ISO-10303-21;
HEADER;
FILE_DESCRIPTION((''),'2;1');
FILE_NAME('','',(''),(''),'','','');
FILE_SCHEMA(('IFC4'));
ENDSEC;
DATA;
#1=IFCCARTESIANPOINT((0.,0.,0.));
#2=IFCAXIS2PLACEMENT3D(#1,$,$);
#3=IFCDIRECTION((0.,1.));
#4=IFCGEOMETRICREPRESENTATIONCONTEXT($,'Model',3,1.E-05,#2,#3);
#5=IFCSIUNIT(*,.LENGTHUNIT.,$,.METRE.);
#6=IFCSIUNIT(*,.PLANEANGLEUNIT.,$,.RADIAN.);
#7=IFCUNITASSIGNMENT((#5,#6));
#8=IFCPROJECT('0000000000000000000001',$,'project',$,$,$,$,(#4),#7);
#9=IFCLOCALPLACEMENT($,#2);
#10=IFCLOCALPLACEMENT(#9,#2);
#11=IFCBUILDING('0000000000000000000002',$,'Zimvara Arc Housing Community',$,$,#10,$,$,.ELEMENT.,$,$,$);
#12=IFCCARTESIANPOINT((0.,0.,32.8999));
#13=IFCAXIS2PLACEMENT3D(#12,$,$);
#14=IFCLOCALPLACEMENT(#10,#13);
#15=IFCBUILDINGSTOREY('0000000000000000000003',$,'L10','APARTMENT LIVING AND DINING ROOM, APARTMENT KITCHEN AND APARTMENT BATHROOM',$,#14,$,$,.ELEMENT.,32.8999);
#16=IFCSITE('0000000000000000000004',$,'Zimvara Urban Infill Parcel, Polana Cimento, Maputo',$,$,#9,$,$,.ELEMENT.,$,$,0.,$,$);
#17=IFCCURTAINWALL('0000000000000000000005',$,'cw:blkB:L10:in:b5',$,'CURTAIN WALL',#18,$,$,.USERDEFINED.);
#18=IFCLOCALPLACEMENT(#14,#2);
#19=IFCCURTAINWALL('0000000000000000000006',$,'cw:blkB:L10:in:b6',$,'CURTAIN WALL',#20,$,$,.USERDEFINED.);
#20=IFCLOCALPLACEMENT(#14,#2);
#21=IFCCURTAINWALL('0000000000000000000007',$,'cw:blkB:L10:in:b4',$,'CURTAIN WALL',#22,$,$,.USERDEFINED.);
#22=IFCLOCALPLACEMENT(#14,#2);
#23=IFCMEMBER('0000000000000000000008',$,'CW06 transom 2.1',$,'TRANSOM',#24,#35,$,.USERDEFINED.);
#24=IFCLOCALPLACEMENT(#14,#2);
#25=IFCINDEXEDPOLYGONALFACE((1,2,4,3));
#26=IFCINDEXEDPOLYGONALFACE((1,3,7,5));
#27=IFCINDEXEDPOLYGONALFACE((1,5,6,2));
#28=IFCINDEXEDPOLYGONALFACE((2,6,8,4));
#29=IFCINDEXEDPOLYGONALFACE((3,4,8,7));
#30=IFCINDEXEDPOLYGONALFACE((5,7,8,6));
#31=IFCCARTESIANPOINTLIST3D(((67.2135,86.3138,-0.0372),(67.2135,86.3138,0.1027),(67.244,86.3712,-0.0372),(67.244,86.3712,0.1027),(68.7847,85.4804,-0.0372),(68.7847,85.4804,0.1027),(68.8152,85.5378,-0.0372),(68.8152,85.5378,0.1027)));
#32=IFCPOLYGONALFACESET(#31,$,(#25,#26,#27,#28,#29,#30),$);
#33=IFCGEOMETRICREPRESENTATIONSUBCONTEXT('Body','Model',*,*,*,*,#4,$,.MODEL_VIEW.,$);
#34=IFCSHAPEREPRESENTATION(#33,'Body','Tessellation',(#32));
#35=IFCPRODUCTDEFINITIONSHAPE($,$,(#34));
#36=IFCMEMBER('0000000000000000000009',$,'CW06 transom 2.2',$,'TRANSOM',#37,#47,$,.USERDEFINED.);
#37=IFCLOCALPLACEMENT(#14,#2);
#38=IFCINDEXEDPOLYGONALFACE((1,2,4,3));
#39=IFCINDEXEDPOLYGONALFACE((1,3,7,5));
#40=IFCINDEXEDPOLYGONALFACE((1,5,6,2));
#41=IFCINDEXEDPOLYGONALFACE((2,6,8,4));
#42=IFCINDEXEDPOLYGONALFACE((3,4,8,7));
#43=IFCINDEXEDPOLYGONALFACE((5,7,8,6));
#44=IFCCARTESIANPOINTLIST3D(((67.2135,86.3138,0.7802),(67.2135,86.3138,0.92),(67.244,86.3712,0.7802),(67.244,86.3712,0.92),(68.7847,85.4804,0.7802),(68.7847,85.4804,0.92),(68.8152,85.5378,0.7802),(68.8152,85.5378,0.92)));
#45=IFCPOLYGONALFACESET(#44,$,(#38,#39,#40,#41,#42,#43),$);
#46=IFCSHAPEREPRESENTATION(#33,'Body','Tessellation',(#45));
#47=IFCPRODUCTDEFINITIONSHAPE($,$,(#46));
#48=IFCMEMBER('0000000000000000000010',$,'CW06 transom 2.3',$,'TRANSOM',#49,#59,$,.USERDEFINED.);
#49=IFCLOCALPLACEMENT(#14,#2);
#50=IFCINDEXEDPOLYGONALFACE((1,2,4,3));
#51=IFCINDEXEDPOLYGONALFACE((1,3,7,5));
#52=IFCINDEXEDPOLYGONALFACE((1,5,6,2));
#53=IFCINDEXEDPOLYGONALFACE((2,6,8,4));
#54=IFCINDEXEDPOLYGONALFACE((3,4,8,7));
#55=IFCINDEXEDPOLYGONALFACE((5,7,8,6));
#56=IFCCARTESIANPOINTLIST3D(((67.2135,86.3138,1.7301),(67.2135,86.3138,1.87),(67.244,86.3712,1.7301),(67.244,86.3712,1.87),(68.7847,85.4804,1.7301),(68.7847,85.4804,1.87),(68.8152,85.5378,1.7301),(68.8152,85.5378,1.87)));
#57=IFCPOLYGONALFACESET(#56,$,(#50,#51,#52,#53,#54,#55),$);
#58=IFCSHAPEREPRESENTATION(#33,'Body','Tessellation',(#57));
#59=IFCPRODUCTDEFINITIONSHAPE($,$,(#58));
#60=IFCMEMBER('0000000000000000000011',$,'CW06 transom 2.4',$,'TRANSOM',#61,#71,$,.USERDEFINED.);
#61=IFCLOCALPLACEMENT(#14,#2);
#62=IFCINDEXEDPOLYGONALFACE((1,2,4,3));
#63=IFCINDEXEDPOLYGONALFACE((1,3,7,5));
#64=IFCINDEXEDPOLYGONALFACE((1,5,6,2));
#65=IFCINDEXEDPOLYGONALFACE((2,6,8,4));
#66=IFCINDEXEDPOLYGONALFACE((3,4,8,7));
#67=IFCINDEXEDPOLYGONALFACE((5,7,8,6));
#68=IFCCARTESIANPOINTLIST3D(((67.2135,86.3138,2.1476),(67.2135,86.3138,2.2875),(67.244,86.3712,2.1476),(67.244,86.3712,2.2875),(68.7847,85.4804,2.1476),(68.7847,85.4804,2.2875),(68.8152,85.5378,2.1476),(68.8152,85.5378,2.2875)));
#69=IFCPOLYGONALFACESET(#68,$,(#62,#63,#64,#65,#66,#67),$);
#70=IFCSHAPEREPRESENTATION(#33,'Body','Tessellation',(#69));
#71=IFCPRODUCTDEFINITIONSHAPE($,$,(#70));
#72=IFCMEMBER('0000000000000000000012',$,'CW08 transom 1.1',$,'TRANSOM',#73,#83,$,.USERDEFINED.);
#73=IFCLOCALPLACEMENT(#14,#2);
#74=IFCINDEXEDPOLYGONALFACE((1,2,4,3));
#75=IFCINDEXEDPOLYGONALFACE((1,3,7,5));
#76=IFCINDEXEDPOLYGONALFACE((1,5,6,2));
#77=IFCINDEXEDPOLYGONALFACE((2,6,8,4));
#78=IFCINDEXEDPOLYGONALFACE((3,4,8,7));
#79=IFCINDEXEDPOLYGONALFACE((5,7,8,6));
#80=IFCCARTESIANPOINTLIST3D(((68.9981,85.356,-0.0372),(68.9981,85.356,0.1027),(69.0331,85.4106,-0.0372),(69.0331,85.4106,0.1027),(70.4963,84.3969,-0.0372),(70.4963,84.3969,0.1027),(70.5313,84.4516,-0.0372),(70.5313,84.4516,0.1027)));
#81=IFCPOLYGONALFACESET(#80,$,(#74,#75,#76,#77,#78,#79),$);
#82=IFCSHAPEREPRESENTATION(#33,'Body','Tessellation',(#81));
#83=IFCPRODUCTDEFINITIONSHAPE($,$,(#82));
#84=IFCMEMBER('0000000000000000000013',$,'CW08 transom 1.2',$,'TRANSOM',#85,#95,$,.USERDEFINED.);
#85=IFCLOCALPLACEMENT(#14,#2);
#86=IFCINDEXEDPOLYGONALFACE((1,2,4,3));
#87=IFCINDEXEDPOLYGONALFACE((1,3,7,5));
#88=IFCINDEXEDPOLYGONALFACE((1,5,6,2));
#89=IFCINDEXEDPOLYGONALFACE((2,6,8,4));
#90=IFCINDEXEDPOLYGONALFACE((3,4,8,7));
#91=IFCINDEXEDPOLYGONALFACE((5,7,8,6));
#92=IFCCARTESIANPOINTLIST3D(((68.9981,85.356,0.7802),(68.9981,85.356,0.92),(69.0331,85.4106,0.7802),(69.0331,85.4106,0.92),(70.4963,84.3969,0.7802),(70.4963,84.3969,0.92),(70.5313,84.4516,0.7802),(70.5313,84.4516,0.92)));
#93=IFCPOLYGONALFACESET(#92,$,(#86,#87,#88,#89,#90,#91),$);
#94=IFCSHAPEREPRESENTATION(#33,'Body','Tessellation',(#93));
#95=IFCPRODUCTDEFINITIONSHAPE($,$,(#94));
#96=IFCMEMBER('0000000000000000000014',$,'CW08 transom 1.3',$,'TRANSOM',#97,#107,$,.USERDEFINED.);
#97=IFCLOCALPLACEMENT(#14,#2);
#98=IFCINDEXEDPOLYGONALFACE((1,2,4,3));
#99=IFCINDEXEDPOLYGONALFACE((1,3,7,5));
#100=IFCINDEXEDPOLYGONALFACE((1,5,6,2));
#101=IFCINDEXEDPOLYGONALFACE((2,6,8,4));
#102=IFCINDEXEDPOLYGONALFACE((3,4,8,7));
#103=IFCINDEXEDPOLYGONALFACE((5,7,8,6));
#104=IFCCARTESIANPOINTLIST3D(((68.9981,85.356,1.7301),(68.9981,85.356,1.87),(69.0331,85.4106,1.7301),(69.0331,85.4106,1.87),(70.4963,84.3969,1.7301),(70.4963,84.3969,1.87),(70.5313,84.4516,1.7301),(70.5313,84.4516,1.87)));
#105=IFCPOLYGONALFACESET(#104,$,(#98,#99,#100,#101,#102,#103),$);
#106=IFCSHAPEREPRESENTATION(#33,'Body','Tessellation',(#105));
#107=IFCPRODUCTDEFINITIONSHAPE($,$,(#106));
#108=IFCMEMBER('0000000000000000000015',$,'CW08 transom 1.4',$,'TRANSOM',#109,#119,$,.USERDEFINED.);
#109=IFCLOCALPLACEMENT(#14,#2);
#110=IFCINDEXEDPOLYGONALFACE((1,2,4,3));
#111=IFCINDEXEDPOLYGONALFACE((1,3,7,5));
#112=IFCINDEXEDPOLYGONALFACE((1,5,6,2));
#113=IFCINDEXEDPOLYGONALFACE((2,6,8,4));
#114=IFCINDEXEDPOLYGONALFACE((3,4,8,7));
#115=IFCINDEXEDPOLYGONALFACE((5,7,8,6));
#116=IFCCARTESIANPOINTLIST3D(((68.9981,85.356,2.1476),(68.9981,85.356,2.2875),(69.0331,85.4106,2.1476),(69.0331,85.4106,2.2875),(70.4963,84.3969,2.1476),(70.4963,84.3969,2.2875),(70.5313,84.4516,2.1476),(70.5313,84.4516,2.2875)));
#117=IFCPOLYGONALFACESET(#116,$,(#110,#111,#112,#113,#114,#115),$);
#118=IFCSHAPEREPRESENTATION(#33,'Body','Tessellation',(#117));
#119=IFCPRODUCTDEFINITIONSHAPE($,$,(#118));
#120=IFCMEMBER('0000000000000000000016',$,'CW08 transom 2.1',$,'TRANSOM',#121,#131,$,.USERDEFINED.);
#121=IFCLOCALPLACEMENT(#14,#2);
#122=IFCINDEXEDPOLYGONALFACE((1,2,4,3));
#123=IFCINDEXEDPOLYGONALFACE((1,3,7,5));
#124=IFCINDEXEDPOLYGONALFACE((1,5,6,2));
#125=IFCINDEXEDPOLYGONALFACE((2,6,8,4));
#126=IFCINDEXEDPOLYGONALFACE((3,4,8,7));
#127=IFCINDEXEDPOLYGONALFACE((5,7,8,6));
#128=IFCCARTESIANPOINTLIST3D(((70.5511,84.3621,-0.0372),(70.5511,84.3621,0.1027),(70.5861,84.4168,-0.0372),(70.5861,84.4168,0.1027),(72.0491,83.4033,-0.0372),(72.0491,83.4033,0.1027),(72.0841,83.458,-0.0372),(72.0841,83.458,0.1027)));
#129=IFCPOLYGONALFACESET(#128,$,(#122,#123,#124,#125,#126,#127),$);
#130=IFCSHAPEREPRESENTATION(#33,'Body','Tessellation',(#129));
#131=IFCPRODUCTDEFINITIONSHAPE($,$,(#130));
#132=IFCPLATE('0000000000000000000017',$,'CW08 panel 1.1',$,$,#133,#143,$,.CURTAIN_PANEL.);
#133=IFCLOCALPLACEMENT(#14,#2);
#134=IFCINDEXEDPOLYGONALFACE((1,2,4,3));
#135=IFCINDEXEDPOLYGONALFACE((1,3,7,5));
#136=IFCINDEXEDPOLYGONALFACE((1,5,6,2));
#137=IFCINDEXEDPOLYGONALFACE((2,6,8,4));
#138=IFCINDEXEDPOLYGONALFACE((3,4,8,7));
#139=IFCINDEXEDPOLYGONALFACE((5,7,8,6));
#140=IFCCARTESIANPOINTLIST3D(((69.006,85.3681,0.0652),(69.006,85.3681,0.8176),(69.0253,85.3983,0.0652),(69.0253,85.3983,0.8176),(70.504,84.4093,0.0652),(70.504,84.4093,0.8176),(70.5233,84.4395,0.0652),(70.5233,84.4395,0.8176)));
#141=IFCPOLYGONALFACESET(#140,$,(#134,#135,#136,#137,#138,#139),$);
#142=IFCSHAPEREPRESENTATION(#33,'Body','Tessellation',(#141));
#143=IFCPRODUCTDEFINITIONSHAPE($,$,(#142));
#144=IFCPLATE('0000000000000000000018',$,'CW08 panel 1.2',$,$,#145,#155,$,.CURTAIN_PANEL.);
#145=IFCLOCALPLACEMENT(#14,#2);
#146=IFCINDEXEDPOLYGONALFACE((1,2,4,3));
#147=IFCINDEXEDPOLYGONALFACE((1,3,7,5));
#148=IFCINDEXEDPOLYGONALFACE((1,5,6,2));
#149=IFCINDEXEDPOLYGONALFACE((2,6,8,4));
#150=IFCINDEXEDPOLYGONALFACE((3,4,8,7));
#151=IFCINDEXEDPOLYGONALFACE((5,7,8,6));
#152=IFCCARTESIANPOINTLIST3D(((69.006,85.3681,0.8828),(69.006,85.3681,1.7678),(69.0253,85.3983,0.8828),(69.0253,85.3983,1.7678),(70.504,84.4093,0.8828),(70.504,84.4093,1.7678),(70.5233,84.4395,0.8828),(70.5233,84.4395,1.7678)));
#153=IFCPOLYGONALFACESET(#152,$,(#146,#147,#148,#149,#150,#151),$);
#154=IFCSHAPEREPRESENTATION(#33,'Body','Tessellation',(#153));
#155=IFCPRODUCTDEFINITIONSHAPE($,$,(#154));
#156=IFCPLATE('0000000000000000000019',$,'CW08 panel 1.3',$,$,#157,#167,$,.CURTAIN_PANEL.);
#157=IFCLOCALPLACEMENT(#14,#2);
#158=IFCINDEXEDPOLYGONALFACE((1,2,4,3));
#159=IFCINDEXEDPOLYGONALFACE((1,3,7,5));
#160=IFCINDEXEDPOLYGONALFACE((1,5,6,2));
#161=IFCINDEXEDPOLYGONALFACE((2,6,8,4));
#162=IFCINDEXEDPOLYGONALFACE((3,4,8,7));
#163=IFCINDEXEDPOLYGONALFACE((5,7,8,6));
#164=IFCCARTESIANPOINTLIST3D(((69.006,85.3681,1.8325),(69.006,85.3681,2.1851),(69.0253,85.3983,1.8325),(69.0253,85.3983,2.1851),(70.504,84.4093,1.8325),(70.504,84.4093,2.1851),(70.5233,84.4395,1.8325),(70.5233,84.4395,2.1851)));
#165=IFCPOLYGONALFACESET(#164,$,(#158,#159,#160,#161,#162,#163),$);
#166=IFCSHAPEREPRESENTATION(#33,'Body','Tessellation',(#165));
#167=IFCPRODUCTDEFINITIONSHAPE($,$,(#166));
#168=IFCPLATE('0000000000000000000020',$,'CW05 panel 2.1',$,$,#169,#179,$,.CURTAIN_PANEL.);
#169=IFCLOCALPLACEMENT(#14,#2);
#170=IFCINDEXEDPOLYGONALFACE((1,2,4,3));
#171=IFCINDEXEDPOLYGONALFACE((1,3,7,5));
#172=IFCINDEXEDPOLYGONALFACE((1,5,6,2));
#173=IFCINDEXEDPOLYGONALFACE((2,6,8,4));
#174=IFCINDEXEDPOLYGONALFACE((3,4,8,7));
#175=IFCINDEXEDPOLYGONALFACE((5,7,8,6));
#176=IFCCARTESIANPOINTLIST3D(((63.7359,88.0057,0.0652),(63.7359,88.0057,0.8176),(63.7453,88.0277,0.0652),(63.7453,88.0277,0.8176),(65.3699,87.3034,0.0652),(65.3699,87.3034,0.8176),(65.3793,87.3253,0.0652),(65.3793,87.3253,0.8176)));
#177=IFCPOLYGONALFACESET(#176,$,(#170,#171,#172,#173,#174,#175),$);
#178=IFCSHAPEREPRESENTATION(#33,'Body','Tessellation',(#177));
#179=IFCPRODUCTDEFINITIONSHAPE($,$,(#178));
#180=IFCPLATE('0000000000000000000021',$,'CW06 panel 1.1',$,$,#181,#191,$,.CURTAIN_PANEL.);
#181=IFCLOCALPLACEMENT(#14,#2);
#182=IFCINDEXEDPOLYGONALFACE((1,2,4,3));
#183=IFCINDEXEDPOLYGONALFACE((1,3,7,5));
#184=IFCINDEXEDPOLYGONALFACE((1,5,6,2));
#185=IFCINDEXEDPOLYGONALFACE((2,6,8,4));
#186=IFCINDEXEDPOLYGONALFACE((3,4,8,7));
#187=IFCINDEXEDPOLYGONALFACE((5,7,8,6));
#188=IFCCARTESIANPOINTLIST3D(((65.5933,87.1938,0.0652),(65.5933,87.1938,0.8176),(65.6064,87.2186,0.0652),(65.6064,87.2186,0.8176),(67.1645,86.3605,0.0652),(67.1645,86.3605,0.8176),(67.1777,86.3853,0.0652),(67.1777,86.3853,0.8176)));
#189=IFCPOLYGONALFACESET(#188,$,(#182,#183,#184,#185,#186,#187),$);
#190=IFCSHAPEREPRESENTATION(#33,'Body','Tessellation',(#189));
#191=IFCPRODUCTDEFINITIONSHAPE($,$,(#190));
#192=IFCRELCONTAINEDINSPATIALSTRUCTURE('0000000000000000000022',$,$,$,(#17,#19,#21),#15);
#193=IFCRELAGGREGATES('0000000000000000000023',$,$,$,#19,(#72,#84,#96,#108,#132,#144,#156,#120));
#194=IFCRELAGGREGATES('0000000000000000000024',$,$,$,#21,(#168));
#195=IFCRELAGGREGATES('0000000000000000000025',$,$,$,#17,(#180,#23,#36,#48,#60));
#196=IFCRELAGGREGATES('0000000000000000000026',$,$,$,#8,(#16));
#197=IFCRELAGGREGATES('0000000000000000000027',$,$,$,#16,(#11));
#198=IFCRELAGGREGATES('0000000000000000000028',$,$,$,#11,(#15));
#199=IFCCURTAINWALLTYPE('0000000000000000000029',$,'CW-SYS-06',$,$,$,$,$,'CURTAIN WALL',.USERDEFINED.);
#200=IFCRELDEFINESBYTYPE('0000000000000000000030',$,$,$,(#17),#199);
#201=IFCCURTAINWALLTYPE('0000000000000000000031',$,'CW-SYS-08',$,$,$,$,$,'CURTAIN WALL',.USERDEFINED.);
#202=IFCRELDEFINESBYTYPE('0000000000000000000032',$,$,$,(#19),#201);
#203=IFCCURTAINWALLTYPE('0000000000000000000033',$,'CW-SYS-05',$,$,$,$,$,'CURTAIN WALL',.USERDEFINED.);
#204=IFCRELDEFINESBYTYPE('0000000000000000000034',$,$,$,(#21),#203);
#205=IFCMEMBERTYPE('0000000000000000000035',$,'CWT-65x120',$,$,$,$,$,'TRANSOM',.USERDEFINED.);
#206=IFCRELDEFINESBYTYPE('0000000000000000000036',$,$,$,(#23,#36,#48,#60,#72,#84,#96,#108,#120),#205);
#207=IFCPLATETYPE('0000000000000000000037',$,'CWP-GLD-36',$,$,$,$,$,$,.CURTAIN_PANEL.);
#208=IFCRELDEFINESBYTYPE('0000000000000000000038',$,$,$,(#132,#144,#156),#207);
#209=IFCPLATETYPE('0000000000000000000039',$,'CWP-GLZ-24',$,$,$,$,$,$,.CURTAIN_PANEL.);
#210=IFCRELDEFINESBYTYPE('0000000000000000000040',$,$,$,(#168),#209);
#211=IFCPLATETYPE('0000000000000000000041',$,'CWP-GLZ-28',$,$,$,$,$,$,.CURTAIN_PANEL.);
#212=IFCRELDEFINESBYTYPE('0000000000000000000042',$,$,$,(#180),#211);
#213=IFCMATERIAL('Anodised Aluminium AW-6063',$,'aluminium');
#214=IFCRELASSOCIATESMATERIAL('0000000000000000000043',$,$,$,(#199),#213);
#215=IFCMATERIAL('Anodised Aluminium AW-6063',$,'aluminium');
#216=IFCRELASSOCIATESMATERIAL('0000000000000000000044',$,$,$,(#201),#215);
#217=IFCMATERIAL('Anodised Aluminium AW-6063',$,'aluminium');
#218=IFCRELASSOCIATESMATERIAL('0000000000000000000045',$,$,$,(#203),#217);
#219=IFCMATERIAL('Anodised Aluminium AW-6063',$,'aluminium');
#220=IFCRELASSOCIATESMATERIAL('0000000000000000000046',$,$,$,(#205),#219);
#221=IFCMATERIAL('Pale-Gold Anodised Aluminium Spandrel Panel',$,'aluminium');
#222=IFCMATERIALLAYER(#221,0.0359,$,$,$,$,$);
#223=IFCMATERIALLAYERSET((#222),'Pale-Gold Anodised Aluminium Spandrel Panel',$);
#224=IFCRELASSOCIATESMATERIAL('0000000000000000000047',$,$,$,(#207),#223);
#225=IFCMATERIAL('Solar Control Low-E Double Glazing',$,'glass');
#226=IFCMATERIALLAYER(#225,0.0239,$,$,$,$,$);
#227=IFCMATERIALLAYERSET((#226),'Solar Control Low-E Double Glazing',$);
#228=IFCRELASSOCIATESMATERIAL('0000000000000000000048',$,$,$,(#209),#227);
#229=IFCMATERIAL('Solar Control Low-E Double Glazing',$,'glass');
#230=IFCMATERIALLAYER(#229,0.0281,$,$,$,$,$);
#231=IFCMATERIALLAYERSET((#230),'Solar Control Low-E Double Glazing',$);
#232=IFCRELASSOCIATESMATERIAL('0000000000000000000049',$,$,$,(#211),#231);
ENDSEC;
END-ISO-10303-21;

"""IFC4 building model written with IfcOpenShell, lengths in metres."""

from ifc_helpers import new_model, si_unit, direction, frame, origin, origin_2d, place, context, subcontext, project, spatial, rectangle, extrude, material, layer, layer_set, material_profile, profile_set, type_object, element, aggregate, save


model = new_model("IFC4")

# Units and contexts
model_context = context("Model", 3, precision=1e-05, world=origin(), true_north=direction((0.0, 1.0)))
body_context = subcontext(model_context, "Body", "Model", "MODEL_VIEW")
ifc_project = project(units=[si_unit("LENGTHUNIT", "METRE"), si_unit("PLANEANGLEUNIT", "RADIAN")], contexts=[model_context])

# Site, building, storey
site_placement = place(None, origin())
site = spatial("IfcSite", under=ifc_project, at=site_placement, Name="Zimvara Urban Infill Parcel, Polana Cimento, Maputo", CompositionType="ELEMENT", RefElevation=0.0)
building_placement = place(site_placement, origin())
building = spatial("IfcBuilding", under=site, at=building_placement, Name="Zimvara Arc Housing Community", CompositionType="ELEMENT")
storey_placement = place(building_placement, frame((0.0, 0.0, 32.8999)))
storey = spatial("IfcBuildingStorey", under=building, at=storey_placement, Name="L10", Description="APARTMENT LIVING AND DINING ROOM, APARTMENT KITCHEN AND APARTMENT BATHROOM", CompositionType="ELEMENT", Elevation=32.8999)

# Curtain walls
ifc_material_1 = material(Name="Anodised Aluminium AW-6063", Category="aluminium")
curtain_wall_type_1 = type_object("IfcCurtainWallType", Name="CW-SYS-06", ElementType="CURTAIN WALL", PredefinedType="USERDEFINED", material=ifc_material_1)
curtain_wall_1_placement = place(storey_placement, origin())
curtain_wall_1 = element("IfcCurtainWall", 1, at=curtain_wall_1_placement, inside=storey, type_object=curtain_wall_type_1, Name="cw:blkB:L10:in:b5", ObjectType="CURTAIN WALL", PredefinedType="USERDEFINED")
ifc_material_2 = material(Name="Anodised Aluminium AW-6063", Category="aluminium")
curtain_wall_type_2 = type_object("IfcCurtainWallType", Name="CW-SYS-08", ElementType="CURTAIN WALL", PredefinedType="USERDEFINED", material=ifc_material_2)
curtain_wall_2_placement = place(storey_placement, origin())
curtain_wall_2 = element("IfcCurtainWall", 2, at=curtain_wall_2_placement, inside=storey, type_object=curtain_wall_type_2, Name="cw:blkB:L10:in:b6", ObjectType="CURTAIN WALL", PredefinedType="USERDEFINED")

# Curtain wall
ifc_material_3 = material(Name="Anodised Aluminium AW-6063", Category="aluminium")
curtain_wall_type_3 = type_object("IfcCurtainWallType", Name="CW-SYS-05", ElementType="CURTAIN WALL", PredefinedType="USERDEFINED", material=ifc_material_3)
curtain_wall_3_placement = place(storey_placement, origin())
curtain_wall_3 = element("IfcCurtainWall", 3, at=curtain_wall_3_placement, inside=storey, type_object=curtain_wall_type_3, Name="cw:blkB:L10:in:b4", ObjectType="CURTAIN WALL", PredefinedType="USERDEFINED")

# Members
ifc_material_4 = material(Name="Anodised Aluminium AW-6063", Category="aluminium")
ifc_material_profile_1 = material_profile(ifc_material_4, rectangle(XDim=0.0649, YDim=0.1399, at=origin_2d()), Name="ALU 65x140")
ifc_profile_set_1 = profile_set([ifc_material_profile_1], Name="Anodised Aluminium AW-6063")
member_type_1 = type_object("IfcMemberType", Name="CWT-65x120", ElementType="TRANSOM", PredefinedType="USERDEFINED", material=ifc_profile_set_1)
member_1_placement = place(storey_placement, frame((67.2288, 86.3425, 0.0327), z_axis=(0.883407, -0.468607, 0.0), x_axis=(0.468607, 0.883407, 0.0)))
member_1 = element("IfcMember", 4, at=member_1_placement, type_object=member_type_1, Name="CW06 transom 2.1", ObjectType="TRANSOM", PredefinedType="USERDEFINED", context=body_context, shape_type="SweptSolid", body=[
    extrude(rectangle(XDim=0.0649, YDim=0.1399, at=origin_2d()), origin(), (0.0, 0.0, 1.0), 1.7786),
])
member_2_placement = place(storey_placement, frame((67.2288, 86.3425, 0.8501), z_axis=(0.883407, -0.468607, 0.0), x_axis=(0.468607, 0.883407, 0.0)))
member_2 = element("IfcMember", 5, at=member_2_placement, type_object=member_type_1, Name="CW06 transom 2.2", ObjectType="TRANSOM", PredefinedType="USERDEFINED", context=body_context, shape_type="SweptSolid", body=[
    extrude(rectangle(XDim=0.0649, YDim=0.1399, at=origin_2d()), origin(), (0.0, 0.0, 1.0), 1.7786),
])
member_3_placement = place(storey_placement, frame((67.2288, 86.3425, 1.8), z_axis=(0.883407, -0.468607, 0.0), x_axis=(0.468607, 0.883407, 0.0)))
member_3 = element("IfcMember", 6, at=member_3_placement, type_object=member_type_1, Name="CW06 transom 2.3", ObjectType="TRANSOM", PredefinedType="USERDEFINED", context=body_context, shape_type="SweptSolid", body=[
    extrude(rectangle(XDim=0.0649, YDim=0.1399, at=origin_2d()), origin(), (0.0, 0.0, 1.0), 1.7786),
])
member_4_placement = place(storey_placement, frame((67.2288, 86.3425, 2.2175), z_axis=(0.883407, -0.468607, 0.0), x_axis=(0.468607, 0.883407, 0.0)))
member_4 = element("IfcMember", 7, at=member_4_placement, type_object=member_type_1, Name="CW06 transom 2.4", ObjectType="TRANSOM", PredefinedType="USERDEFINED", context=body_context, shape_type="SweptSolid", body=[
    extrude(rectangle(XDim=0.0649, YDim=0.1399, at=origin_2d()), origin(), (0.0, 0.0, 1.0), 1.7786),
])
member_5_placement = place(storey_placement, frame((69.0156, 85.3833, 0.0327), z_axis=(0.842212, -0.539147, 0.0), x_axis=(0.539147, 0.842212, 0.0)))
member_5 = element("IfcMember", 8, at=member_5_placement, type_object=member_type_1, Name="CW08 transom 1.1", ObjectType="TRANSOM", PredefinedType="USERDEFINED", context=body_context, shape_type="SweptSolid", body=[
    extrude(rectangle(XDim=0.0649, YDim=0.1399, at=origin_2d()), origin(), (0.0, 0.0, 1.0), 1.7788),
])
member_6_placement = place(storey_placement, frame((69.0156, 85.3833, 0.8501), z_axis=(0.842212, -0.539147, 0.0), x_axis=(0.539147, 0.842212, 0.0)))
member_6 = element("IfcMember", 9, at=member_6_placement, type_object=member_type_1, Name="CW08 transom 1.2", ObjectType="TRANSOM", PredefinedType="USERDEFINED", context=body_context, shape_type="SweptSolid", body=[
    extrude(rectangle(XDim=0.0649, YDim=0.1399, at=origin_2d()), origin(), (0.0, 0.0, 1.0), 1.7788),
])
member_7_placement = place(storey_placement, frame((69.0156, 85.3833, 1.8), z_axis=(0.842212, -0.539147, 0.0), x_axis=(0.539147, 0.842212, 0.0)))
member_7 = element("IfcMember", 10, at=member_7_placement, type_object=member_type_1, Name="CW08 transom 1.3", ObjectType="TRANSOM", PredefinedType="USERDEFINED", context=body_context, shape_type="SweptSolid", body=[
    extrude(rectangle(XDim=0.0649, YDim=0.1399, at=origin_2d()), origin(), (0.0, 0.0, 1.0), 1.7788),
])
member_8_placement = place(storey_placement, frame((69.0156, 85.3833, 2.2175), z_axis=(0.842212, -0.539147, 0.0), x_axis=(0.539147, 0.842212, 0.0)))
member_8 = element("IfcMember", 11, at=member_8_placement, type_object=member_type_1, Name="CW08 transom 1.4", ObjectType="TRANSOM", PredefinedType="USERDEFINED", context=body_context, shape_type="SweptSolid", body=[
    extrude(rectangle(XDim=0.0649, YDim=0.1399, at=origin_2d()), origin(), (0.0, 0.0, 1.0), 1.7788),
])
member_9_placement = place(storey_placement, frame((70.5686, 84.3894, 0.0327), z_axis=(0.842274, -0.53905, 0.0), x_axis=(0.53905, 0.842274, 0.0)))
member_9 = element("IfcMember", 12, at=member_9_placement, type_object=member_type_1, Name="CW08 transom 2.1", ObjectType="TRANSOM", PredefinedType="USERDEFINED", context=body_context, shape_type="SweptSolid", body=[
    extrude(rectangle(XDim=0.0649, YDim=0.1399, at=origin_2d()), origin(), (0.0, 0.0, 1.0), 1.7786),
])

# Plates
ifc_material_5 = material(Name="Pale-Gold Anodised Aluminium Spandrel Panel", Category="aluminium")
ifc_layer_1 = layer(ifc_material_5, 0.0359)
ifc_layer_set_1 = layer_set([ifc_layer_1], Name="Pale-Gold Anodised Aluminium Spandrel Panel")
plate_type_1 = type_object("IfcPlateType", Name="CWP-GLD-36", PredefinedType="CURTAIN_PANEL", material=ifc_layer_set_1)
plate_1_placement = place(storey_placement, frame((69.7646, 84.9038, 0.0652), z_axis=(0.0, 0.0, 1.0), x_axis=(0.842264, -0.539065, 0.0)))
plate_1 = element("IfcPlate", 13, at=plate_1_placement, type_object=plate_type_1, Name="CW08 panel 1.1", PredefinedType="CURTAIN_PANEL", context=body_context, shape_type="SweptSolid", body=[
    extrude(rectangle(XDim=1.7786, YDim=0.0359, at=origin_2d()), origin(), (0.0, 0.0, 1.0), 0.7524),
])
plate_2_placement = place(storey_placement, frame((69.7646, 84.9038, 0.8828), z_axis=(0.0, 0.0, 1.0), x_axis=(0.842264, -0.539065, 0.0)))
plate_2 = element("IfcPlate", 14, at=plate_2_placement, type_object=plate_type_1, Name="CW08 panel 1.2", PredefinedType="CURTAIN_PANEL", context=body_context, shape_type="SweptSolid", body=[
    extrude(rectangle(XDim=1.7786, YDim=0.0359, at=origin_2d()), origin(), (0.0, 0.0, 1.0), 0.885),
])
plate_3_placement = place(storey_placement, frame((69.7646, 84.9038, 1.8325), z_axis=(0.0, 0.0, 1.0), x_axis=(0.842264, -0.539065, 0.0)))
plate_3 = element("IfcPlate", 15, at=plate_3_placement, type_object=plate_type_1, Name="CW08 panel 1.3", PredefinedType="CURTAIN_PANEL", context=body_context, shape_type="SweptSolid", body=[
    extrude(rectangle(XDim=1.7786, YDim=0.0359, at=origin_2d()), origin(), (0.0, 0.0, 1.0), 0.3525),
])
aggregate(curtain_wall_2, [member_5, member_6, member_7, member_8, plate_1, plate_2, plate_3, member_9])
ifc_material_6 = material(Name="Solar Control Low-E Double Glazing", Category="glass")
ifc_layer_2 = layer(ifc_material_6, 0.0239)
ifc_layer_set_2 = layer_set([ifc_layer_2], Name="Solar Control Low-E Double Glazing")
plate_type_2 = type_object("IfcPlateType", Name="CWP-GLZ-24", PredefinedType="CURTAIN_PANEL", material=ifc_layer_set_2)
plate_4_placement = place(storey_placement, frame((64.5576, 87.6655, 0.0652), z_axis=(0.0, 0.0, 1.0), x_axis=(0.918722, -0.394904, 0.0)))
plate_4 = element("IfcPlate", 16, at=plate_4_placement, type_object=plate_type_2, Name="CW05 panel 2.1", PredefinedType="CURTAIN_PANEL", context=body_context, shape_type="SweptSolid", body=[
    extrude(rectangle(XDim=1.7786, YDim=0.0239, at=origin_2d()), origin(), (0.0, 0.0, 1.0), 0.7524),
])
aggregate(curtain_wall_3, [plate_4])
ifc_material_7 = material(Name="Solar Control Low-E Double Glazing", Category="glass")
ifc_layer_3 = layer(ifc_material_7, 0.0281)
ifc_layer_set_3 = layer_set([ifc_layer_3], Name="Solar Control Low-E Double Glazing")
plate_type_3 = type_object("IfcPlateType", Name="CWP-GLZ-28", PredefinedType="CURTAIN_PANEL", material=ifc_layer_set_3)
plate_5_placement = place(storey_placement, frame((66.3855, 86.7896, 0.0652), z_axis=(0.0, 0.0, 1.0), x_axis=(0.883439, -0.468547, 0.0)))
plate_5 = element("IfcPlate", 17, at=plate_5_placement, type_object=plate_type_3, Name="CW06 panel 1.1", PredefinedType="CURTAIN_PANEL", context=body_context, shape_type="SweptSolid", body=[
    extrude(rectangle(XDim=1.7786, YDim=0.0281, at=origin_2d()), origin(), (0.0, 0.0, 1.0), 0.7524),
])
aggregate(curtain_wall_1, [plate_5, member_1, member_2, member_3, member_4])

save(model, "model.ifc")
